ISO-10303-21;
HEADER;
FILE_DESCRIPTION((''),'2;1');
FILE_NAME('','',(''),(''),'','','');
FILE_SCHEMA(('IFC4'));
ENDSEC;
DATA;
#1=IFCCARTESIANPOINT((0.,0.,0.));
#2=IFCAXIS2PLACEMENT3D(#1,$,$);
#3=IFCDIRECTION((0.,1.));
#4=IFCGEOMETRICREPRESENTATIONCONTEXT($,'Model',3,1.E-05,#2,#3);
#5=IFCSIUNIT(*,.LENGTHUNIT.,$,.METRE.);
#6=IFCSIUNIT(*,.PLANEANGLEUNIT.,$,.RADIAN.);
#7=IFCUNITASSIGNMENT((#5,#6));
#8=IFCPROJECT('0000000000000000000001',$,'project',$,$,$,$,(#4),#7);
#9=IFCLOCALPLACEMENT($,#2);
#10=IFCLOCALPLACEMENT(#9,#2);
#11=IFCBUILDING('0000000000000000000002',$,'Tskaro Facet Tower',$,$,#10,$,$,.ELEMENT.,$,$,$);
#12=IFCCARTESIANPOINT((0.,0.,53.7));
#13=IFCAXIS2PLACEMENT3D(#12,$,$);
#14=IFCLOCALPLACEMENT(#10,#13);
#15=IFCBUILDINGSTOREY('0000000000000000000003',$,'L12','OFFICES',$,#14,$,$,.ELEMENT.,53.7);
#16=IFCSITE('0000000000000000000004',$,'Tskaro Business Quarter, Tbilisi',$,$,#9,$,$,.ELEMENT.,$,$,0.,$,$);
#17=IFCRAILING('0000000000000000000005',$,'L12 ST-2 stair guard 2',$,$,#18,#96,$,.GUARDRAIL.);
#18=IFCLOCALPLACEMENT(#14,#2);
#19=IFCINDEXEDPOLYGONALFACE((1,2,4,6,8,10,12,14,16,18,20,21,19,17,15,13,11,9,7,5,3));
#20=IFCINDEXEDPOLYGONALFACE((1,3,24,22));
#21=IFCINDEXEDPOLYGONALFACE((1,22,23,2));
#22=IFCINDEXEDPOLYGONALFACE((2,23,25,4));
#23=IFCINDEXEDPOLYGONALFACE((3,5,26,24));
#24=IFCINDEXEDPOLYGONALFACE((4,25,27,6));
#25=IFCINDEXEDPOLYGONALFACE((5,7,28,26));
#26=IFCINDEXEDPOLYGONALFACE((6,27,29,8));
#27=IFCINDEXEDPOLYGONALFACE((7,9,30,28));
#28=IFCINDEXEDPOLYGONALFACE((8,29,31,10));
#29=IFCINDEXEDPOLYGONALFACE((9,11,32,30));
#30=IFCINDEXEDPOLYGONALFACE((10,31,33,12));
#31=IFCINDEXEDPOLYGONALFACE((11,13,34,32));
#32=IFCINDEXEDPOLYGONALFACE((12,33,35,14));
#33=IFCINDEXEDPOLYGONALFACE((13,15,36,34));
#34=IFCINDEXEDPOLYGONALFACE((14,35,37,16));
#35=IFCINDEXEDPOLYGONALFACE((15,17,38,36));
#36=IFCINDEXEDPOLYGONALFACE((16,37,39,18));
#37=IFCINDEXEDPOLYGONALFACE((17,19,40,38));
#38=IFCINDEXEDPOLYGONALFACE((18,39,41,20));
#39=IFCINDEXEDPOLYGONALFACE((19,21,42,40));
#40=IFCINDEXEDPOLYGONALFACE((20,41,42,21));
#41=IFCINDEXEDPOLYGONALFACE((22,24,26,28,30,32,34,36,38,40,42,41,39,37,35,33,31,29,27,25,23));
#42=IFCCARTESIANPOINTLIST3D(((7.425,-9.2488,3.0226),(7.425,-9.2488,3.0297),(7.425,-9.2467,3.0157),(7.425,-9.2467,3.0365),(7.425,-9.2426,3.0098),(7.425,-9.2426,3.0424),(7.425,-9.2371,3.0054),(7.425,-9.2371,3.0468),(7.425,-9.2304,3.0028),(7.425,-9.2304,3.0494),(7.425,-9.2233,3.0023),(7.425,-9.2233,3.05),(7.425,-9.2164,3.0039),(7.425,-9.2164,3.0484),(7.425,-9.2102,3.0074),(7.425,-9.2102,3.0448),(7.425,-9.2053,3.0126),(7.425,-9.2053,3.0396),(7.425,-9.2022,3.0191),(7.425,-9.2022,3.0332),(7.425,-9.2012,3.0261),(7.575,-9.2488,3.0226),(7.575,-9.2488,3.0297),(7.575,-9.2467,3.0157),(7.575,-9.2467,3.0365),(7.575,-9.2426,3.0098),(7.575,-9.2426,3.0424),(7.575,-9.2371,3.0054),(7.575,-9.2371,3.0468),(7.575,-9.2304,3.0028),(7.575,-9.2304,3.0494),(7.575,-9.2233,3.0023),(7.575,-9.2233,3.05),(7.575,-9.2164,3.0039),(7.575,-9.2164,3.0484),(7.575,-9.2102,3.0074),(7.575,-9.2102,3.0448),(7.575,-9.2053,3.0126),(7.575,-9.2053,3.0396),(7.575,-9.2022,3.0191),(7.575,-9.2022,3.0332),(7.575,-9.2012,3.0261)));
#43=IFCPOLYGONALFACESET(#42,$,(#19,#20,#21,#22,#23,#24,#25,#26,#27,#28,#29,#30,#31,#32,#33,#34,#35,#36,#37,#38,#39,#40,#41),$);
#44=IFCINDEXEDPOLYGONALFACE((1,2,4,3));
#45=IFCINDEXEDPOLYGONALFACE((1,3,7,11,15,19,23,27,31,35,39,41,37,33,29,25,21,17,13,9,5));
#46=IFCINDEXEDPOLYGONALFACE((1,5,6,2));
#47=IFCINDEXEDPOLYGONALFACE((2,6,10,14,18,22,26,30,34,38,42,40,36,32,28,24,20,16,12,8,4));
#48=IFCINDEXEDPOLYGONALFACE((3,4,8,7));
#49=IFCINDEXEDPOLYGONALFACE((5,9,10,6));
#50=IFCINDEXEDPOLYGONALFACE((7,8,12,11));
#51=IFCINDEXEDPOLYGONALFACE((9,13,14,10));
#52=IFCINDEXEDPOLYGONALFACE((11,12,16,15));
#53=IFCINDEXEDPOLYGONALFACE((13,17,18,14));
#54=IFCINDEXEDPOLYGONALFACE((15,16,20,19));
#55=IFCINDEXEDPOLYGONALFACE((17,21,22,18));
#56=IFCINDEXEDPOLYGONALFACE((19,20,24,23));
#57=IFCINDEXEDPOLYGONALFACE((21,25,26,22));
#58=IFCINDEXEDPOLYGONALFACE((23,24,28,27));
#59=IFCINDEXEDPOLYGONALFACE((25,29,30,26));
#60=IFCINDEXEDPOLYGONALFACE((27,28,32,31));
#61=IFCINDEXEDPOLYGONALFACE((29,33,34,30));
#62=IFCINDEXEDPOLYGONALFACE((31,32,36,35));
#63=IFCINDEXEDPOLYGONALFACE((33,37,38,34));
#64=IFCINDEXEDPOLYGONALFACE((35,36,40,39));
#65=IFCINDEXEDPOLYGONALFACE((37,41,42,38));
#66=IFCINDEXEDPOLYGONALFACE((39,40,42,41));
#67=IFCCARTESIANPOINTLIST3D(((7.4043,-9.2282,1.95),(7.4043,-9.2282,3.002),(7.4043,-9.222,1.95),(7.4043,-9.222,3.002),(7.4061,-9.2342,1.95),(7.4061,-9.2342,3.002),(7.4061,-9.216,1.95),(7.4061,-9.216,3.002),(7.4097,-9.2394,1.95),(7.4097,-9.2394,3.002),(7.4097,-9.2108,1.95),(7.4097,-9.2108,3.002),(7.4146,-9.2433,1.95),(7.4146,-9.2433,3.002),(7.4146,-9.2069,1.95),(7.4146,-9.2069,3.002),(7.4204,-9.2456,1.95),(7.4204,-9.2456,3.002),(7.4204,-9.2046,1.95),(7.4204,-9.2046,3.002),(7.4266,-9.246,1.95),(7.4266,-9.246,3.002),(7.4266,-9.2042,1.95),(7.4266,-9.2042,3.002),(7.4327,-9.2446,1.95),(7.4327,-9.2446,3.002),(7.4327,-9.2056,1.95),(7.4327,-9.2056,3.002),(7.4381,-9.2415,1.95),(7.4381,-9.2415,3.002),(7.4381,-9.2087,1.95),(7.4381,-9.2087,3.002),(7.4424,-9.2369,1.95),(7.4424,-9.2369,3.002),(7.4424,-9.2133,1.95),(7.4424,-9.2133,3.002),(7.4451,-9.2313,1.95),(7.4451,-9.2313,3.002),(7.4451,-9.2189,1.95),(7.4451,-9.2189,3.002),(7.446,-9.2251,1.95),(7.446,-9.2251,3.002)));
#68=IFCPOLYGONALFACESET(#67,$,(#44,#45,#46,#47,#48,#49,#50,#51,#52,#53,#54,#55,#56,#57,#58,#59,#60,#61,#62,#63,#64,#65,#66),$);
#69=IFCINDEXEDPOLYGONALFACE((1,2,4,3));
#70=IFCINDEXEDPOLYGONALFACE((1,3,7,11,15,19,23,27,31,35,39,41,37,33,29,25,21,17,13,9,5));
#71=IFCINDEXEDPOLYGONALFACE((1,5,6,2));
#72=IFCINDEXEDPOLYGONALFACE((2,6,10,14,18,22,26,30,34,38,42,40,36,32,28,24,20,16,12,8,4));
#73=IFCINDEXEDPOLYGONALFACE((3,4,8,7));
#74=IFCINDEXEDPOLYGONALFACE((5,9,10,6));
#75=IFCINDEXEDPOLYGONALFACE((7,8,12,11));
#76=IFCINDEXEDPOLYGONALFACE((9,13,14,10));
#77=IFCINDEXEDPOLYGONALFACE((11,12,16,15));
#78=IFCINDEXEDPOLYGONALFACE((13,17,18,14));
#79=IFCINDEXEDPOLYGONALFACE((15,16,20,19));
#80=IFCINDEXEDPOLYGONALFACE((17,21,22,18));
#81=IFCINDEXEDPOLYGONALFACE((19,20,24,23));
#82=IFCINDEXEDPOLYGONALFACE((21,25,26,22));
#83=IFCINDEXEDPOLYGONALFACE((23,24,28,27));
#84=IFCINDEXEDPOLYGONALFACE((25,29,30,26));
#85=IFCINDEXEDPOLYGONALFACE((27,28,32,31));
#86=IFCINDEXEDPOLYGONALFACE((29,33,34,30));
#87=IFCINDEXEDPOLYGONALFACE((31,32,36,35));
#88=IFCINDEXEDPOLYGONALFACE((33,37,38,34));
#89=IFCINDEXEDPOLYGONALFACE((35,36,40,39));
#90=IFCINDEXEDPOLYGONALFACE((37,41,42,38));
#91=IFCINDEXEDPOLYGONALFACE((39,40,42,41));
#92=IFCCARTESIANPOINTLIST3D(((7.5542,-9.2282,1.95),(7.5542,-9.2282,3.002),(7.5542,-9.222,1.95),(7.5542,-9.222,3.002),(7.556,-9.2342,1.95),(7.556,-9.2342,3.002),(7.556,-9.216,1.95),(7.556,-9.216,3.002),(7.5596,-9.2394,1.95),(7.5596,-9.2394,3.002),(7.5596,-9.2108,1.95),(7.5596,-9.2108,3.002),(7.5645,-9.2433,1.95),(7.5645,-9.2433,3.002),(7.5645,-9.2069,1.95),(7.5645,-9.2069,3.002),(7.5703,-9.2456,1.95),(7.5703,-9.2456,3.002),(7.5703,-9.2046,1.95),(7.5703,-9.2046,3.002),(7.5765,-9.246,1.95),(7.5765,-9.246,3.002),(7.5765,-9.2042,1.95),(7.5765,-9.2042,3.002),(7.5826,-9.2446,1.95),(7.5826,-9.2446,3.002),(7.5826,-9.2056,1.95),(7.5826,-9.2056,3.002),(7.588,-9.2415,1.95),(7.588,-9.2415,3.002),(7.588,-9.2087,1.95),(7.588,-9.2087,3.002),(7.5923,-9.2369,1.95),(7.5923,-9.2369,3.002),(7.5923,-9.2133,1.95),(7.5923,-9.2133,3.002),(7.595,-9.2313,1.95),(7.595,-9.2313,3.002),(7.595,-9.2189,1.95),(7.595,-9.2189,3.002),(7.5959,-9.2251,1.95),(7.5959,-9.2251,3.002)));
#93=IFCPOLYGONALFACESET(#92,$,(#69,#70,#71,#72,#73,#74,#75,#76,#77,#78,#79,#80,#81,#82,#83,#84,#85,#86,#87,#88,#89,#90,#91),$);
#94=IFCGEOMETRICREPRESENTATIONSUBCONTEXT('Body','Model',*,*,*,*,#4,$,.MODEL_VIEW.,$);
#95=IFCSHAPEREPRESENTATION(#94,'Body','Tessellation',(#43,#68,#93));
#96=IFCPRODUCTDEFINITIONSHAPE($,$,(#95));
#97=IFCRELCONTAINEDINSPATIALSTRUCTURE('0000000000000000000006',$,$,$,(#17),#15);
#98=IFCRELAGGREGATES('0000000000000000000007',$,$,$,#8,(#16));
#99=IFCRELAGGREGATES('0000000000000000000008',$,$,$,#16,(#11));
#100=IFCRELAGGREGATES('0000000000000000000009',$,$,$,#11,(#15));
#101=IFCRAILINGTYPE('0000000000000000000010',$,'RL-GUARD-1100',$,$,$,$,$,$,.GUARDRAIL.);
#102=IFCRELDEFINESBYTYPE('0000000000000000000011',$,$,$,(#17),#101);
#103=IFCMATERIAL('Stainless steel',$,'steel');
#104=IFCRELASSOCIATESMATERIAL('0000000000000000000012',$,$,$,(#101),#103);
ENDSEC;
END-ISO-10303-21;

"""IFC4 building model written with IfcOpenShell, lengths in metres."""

from ifc_helpers import new_model, si_unit, direction, frame, origin, origin_2d, place, context, subcontext, project, spatial, circle, extrude, material, type_object, element, save


model = new_model("IFC4")

# Units and contexts
model_context = context("Model", 3, precision=1e-05, world=origin(), true_north=direction((0.0, 1.0)))
body_context = subcontext(model_context, "Body", "Model", "MODEL_VIEW")
ifc_project = project(units=[si_unit("LENGTHUNIT", "METRE"), si_unit("PLANEANGLEUNIT", "RADIAN")], contexts=[model_context])

# Site, building, storey
site_placement = place(None, origin())
site = spatial("IfcSite", under=ifc_project, at=site_placement, Name="Tskaro Business Quarter, Tbilisi", CompositionType="ELEMENT", RefElevation=0.0)
building_placement = place(site_placement, origin())
building = spatial("IfcBuilding", under=site, at=building_placement, Name="Tskaro Facet Tower", CompositionType="ELEMENT")
storey_placement = place(building_placement, frame((0.0, 0.0, 53.7)))
storey = spatial("IfcBuildingStorey", under=building, at=storey_placement, Name="L12", Description="OFFICES", CompositionType="ELEMENT", Elevation=53.7)

# Shared definitions
ifc_material_1 = material(Name="Stainless steel", Category="steel")

# Railing
railing_type_1 = type_object("IfcRailingType", Name="RL-GUARD-1100", PredefinedType="GUARDRAIL", material=ifc_material_1)
railing_1_placement = place(storey_placement, frame((7.425, -9.2251, 1.95)))
element("IfcRailing", 1, at=railing_1_placement, inside=storey, type_object=railing_type_1, Name="L12 ST-2 stair guard 2", PredefinedType="GUARDRAIL", context=body_context, shape_type="SweptSolid", body=[
    extrude(circle(Radius=0.0239, at=origin_2d()), frame((0.0, 0.0, 1.0762), z_axis=(1.0, 0.0, 0.0), x_axis=(0.0, 1.0, 0.0)), (0.0, 0.0, 1.0), 0.1499),
    extrude(circle(Radius=0.021, at=origin_2d()), origin(), (0.0, 0.0, 1.0), 1.052),
    extrude(circle(Radius=0.021, at=origin_2d()), frame((0.1499, 0.0, 0.0)), (0.0, 0.0, 1.0), 1.052),
])

save(model, "model.ifc")
